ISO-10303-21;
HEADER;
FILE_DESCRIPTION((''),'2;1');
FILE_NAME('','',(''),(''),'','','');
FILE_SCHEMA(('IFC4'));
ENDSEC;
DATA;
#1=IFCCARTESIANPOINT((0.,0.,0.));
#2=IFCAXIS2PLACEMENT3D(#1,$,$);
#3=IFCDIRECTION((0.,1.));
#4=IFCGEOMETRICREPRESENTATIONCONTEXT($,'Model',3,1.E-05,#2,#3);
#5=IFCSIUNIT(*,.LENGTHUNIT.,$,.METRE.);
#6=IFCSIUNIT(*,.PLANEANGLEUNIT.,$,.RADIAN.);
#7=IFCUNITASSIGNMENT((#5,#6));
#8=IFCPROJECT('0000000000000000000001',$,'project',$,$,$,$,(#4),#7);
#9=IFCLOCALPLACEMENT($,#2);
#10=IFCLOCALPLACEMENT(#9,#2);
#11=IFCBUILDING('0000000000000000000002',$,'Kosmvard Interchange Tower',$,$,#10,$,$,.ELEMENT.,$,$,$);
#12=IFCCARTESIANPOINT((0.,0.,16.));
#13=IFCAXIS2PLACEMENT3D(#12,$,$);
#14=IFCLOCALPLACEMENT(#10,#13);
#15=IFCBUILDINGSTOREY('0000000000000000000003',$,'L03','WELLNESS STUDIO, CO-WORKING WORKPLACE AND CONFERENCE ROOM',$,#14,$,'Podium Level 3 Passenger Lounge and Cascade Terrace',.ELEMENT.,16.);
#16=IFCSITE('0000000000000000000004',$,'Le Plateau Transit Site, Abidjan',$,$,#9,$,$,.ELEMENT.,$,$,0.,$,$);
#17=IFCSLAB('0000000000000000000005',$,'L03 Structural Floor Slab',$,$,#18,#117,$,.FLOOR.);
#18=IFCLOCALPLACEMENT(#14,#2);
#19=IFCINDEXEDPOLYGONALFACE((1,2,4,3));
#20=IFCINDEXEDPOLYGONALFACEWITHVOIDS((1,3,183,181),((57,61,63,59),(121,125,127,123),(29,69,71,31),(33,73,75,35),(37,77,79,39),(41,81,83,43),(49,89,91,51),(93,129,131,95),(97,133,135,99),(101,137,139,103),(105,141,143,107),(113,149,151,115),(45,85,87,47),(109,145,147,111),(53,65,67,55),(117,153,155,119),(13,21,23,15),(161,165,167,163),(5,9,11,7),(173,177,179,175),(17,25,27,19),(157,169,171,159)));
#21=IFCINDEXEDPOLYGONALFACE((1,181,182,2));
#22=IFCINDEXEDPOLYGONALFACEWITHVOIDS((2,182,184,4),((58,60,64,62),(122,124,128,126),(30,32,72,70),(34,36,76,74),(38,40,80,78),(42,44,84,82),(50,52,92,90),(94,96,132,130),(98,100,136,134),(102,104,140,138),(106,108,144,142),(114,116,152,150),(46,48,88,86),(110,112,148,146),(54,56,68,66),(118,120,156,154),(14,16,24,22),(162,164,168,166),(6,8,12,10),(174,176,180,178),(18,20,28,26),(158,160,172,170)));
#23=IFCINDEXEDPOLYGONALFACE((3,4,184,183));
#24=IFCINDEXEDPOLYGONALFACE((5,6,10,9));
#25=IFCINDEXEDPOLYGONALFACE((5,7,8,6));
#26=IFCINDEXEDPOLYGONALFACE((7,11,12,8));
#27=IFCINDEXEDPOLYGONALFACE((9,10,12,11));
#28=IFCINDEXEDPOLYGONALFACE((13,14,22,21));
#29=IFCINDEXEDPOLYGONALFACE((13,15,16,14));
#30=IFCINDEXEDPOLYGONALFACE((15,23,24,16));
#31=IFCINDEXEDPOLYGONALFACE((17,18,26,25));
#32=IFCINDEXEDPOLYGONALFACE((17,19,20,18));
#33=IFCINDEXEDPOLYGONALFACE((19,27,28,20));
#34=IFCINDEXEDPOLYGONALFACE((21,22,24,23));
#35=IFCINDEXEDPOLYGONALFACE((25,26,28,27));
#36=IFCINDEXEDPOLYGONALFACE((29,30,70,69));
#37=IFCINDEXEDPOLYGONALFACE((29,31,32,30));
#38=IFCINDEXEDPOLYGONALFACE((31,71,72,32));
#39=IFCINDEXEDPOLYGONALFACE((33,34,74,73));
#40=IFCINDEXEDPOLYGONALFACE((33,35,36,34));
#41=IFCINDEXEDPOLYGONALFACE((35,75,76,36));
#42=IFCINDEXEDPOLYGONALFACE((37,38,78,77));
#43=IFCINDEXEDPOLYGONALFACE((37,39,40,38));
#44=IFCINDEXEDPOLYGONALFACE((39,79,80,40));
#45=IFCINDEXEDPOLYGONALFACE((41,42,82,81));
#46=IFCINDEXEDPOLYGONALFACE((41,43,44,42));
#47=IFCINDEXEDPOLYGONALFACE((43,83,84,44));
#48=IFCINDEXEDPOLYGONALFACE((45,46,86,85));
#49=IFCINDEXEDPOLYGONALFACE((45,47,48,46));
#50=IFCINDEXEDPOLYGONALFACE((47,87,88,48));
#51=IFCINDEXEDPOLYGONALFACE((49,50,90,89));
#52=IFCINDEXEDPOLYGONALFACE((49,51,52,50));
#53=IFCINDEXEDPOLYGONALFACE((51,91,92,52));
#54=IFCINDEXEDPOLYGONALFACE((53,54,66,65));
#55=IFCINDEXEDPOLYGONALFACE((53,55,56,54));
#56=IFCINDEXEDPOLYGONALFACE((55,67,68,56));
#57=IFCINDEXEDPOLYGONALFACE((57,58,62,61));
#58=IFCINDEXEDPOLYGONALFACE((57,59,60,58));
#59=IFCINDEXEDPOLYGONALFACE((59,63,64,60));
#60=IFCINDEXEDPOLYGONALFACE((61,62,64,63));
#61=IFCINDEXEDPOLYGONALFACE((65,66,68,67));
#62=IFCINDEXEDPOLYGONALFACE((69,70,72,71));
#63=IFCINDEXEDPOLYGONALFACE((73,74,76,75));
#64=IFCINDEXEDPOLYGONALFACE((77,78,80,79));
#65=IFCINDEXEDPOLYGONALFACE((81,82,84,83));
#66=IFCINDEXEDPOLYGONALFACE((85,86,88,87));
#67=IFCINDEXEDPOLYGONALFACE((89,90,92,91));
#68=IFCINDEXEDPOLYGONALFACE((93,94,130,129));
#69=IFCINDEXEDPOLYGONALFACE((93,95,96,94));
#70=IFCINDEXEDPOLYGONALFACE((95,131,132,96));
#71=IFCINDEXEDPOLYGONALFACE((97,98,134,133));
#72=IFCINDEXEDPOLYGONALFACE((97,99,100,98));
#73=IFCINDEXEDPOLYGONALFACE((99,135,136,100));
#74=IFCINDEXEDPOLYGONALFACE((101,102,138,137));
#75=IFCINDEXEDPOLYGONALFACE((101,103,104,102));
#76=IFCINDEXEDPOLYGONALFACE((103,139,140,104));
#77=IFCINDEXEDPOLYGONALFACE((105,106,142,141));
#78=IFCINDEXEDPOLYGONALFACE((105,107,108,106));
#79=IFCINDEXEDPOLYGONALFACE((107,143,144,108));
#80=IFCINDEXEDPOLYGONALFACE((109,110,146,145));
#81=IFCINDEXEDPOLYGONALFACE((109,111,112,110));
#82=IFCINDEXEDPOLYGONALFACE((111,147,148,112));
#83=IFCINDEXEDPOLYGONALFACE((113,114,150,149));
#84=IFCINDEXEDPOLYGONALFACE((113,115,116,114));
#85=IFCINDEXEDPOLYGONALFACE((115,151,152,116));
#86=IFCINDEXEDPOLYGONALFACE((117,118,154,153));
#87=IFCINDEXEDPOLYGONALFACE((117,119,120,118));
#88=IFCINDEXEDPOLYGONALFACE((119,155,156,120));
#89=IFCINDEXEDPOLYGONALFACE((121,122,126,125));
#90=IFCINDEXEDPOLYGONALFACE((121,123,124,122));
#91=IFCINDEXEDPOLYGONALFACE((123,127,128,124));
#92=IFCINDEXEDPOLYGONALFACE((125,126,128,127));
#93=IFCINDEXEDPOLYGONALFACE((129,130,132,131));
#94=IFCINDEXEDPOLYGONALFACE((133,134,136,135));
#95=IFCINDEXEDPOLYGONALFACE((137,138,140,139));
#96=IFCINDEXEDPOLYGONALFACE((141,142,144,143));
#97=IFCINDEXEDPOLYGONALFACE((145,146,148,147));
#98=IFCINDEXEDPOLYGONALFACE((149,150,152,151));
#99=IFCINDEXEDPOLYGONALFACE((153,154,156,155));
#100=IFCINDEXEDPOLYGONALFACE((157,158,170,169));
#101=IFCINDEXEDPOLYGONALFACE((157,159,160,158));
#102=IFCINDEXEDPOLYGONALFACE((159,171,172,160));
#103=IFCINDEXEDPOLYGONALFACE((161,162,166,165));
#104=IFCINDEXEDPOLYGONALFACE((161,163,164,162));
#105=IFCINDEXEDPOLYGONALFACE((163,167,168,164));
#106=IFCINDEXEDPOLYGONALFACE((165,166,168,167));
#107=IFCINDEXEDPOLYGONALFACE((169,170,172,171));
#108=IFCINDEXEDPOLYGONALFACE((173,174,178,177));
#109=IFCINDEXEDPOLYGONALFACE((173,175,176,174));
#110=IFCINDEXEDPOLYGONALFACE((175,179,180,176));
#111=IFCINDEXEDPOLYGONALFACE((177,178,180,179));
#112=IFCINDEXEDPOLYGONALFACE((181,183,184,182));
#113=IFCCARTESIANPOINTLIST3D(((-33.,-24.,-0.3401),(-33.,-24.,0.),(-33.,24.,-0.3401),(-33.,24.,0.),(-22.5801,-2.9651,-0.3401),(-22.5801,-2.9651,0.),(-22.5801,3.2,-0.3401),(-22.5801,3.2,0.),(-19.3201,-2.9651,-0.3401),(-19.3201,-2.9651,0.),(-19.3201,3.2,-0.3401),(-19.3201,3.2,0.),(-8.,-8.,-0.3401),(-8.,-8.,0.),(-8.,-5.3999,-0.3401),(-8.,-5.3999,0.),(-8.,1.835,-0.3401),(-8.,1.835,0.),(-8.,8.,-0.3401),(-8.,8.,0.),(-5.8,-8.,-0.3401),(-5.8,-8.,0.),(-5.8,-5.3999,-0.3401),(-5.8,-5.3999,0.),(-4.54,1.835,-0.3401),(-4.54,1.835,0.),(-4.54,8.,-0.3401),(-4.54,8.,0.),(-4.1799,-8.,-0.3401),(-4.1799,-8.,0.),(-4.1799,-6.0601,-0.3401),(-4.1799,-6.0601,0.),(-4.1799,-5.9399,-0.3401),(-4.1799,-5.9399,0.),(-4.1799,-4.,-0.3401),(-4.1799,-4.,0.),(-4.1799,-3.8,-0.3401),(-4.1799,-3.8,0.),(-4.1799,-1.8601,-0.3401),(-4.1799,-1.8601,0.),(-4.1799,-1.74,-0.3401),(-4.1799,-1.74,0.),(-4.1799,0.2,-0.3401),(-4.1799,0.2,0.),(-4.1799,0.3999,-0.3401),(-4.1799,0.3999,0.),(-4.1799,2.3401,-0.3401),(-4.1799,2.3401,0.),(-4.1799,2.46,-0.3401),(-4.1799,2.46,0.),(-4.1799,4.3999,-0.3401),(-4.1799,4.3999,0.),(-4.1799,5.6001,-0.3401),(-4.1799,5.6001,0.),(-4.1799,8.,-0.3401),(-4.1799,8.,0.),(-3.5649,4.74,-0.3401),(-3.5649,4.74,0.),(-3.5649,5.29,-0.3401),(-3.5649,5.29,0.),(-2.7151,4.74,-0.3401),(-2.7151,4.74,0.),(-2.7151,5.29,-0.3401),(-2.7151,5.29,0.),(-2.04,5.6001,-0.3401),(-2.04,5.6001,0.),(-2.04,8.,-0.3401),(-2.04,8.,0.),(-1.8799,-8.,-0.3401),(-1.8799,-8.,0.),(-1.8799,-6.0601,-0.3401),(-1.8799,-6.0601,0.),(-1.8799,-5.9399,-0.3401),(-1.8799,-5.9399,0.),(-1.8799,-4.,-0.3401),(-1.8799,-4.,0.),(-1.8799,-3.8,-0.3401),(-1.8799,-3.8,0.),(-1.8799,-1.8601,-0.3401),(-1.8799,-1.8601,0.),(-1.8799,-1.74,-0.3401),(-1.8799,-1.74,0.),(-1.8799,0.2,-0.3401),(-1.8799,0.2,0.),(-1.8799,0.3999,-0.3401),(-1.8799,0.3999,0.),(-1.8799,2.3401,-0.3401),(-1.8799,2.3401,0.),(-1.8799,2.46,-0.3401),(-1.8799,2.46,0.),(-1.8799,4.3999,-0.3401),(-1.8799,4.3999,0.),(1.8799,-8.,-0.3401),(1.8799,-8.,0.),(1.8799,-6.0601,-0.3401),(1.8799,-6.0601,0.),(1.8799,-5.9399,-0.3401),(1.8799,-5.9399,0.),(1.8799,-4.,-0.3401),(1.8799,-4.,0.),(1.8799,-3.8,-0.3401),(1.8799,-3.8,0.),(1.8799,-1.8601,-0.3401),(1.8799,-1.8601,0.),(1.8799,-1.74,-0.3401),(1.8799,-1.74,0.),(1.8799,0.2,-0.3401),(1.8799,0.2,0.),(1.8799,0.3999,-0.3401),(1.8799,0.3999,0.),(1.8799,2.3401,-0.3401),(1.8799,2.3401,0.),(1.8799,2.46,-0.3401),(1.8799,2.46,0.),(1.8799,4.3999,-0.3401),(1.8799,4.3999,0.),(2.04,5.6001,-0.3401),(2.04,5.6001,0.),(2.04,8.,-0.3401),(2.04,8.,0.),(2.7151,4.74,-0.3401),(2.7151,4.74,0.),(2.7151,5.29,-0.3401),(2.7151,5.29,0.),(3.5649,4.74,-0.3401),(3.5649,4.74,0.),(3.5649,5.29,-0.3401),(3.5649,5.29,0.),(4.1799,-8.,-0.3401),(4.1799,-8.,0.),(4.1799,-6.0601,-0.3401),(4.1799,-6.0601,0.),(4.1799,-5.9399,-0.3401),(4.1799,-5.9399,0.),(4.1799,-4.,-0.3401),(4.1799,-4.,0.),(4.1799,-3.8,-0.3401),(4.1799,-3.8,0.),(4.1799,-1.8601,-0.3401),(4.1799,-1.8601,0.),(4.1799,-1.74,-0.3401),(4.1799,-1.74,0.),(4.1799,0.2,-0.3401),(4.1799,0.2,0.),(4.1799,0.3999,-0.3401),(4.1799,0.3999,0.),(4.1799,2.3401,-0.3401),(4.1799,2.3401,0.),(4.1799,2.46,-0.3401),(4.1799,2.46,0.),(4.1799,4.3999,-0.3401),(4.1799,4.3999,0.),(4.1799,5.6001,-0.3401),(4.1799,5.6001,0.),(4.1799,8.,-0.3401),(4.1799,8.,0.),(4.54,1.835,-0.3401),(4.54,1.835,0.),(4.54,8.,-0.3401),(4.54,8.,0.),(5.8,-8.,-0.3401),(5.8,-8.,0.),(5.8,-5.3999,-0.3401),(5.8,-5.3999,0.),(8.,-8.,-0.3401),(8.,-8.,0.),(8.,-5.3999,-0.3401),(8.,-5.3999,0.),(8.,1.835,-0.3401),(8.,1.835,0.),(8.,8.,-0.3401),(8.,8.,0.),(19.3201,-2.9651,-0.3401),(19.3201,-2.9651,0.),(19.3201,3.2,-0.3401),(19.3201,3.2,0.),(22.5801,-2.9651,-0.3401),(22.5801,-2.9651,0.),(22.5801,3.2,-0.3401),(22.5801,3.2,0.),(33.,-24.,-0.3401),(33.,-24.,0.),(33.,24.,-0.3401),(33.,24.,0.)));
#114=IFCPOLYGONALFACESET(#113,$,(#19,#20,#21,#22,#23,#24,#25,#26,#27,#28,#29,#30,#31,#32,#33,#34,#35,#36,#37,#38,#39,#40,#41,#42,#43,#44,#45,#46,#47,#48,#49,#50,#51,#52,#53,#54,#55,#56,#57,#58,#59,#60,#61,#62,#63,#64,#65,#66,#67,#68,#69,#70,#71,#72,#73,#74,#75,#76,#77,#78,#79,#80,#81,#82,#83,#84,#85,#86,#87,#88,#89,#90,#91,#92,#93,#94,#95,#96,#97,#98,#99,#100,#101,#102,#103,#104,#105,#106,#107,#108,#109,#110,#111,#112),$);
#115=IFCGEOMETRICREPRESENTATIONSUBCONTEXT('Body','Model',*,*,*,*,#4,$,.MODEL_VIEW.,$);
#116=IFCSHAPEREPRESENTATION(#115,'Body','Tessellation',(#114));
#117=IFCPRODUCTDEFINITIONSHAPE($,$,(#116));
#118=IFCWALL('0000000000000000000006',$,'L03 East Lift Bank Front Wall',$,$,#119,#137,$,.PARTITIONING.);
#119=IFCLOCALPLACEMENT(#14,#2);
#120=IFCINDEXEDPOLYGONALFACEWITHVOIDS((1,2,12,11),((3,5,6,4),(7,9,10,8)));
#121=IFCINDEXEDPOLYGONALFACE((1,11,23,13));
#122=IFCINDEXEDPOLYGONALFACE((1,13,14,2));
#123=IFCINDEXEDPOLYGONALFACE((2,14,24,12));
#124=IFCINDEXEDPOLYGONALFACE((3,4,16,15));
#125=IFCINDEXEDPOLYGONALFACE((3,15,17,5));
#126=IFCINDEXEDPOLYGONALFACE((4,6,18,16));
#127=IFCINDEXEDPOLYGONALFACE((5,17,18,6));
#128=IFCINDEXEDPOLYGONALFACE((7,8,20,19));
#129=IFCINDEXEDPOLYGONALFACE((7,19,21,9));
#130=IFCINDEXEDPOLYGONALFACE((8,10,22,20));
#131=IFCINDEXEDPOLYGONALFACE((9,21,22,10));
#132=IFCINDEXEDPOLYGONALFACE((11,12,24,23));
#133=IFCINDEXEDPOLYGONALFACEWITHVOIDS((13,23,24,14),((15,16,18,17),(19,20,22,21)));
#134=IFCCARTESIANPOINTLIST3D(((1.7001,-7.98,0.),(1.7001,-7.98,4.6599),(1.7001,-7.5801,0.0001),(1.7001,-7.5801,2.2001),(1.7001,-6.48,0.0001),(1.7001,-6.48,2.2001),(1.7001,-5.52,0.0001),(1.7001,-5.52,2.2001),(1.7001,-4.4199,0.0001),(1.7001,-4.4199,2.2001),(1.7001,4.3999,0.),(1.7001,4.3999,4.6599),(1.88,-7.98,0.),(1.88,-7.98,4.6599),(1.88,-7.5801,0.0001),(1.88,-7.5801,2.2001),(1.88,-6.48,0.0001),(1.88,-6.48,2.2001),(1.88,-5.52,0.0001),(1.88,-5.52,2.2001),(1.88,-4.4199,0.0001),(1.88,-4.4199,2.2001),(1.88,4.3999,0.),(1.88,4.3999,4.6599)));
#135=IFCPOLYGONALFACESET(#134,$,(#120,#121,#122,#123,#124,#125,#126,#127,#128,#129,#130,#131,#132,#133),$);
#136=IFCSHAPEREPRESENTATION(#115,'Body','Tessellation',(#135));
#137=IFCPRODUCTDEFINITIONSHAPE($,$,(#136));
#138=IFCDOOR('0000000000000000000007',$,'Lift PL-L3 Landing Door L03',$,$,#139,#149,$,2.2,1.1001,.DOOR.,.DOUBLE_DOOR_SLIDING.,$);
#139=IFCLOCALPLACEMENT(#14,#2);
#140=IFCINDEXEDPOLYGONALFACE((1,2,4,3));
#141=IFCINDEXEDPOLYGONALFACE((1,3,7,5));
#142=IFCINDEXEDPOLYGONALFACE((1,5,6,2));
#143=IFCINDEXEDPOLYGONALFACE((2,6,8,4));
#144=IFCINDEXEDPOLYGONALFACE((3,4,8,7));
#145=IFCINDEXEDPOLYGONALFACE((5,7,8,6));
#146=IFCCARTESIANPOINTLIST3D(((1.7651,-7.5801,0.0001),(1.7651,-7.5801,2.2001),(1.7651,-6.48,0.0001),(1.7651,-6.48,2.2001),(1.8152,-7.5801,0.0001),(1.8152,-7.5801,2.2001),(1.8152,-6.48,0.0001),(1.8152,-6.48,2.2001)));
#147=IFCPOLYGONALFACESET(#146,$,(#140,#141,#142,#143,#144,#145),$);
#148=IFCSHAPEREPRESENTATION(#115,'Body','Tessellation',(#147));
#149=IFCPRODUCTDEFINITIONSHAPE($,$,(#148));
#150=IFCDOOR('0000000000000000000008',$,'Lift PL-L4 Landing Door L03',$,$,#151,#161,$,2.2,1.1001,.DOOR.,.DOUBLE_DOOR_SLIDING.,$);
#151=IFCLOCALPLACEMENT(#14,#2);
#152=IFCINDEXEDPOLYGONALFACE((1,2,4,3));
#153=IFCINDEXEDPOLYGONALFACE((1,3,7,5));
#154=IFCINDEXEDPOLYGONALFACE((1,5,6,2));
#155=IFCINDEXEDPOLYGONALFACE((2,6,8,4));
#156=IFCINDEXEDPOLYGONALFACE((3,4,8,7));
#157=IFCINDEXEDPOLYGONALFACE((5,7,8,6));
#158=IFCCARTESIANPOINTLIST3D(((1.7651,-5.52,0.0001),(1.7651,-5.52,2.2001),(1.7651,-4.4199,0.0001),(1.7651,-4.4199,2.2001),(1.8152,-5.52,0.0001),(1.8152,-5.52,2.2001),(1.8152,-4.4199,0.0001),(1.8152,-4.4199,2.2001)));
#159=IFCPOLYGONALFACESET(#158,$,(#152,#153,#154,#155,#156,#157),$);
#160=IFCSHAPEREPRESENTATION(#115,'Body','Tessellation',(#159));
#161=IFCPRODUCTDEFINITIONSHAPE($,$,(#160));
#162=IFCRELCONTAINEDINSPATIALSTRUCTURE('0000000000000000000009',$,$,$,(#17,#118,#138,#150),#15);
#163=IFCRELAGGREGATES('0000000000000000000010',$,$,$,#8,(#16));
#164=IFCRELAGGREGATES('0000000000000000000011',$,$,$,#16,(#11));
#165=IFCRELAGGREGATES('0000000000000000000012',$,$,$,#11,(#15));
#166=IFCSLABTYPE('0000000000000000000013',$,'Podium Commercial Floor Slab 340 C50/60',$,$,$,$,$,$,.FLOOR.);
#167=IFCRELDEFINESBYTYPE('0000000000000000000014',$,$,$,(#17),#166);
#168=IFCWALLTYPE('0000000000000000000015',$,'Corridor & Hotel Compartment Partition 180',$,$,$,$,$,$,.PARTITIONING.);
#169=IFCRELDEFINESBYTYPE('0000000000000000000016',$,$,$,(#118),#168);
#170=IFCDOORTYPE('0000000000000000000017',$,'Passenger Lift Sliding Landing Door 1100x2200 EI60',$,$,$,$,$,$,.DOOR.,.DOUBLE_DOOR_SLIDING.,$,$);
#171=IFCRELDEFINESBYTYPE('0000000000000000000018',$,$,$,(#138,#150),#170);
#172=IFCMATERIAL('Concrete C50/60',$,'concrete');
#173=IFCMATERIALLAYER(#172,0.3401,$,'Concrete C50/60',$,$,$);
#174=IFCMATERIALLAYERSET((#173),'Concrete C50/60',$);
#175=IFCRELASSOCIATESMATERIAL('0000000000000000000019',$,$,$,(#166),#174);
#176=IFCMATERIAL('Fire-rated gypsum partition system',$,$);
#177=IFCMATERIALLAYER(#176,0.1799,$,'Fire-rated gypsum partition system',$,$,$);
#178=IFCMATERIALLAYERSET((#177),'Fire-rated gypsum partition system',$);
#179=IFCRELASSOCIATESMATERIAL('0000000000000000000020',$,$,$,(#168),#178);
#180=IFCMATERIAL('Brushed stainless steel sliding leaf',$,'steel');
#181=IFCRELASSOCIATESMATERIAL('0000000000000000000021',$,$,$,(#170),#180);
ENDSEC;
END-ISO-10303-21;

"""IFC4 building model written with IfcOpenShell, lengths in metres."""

from ifc_helpers import new_model, si_unit, direction, frame, frame_2d, origin, place, context, subcontext, project, spatial, polyline, rectangle, outline, extrude, source, transform, mapped, material, layer, layer_set, type_object, element, fill, save


model = new_model("IFC4")

# Units and contexts
model_context = context("Model", 3, precision=1e-05, world=origin(), true_north=direction((0.0, 1.0)))
body_context = subcontext(model_context, "Body", "Model", "MODEL_VIEW")
ifc_project = project(units=[si_unit("LENGTHUNIT", "METRE"), si_unit("PLANEANGLEUNIT", "RADIAN")], contexts=[model_context])

# Site, building, storey
site_placement = place(None, origin())
site = spatial("IfcSite", under=ifc_project, at=site_placement, Name="Le Plateau Transit Site, Abidjan", CompositionType="ELEMENT", RefElevation=0.0)
building_placement = place(site_placement, origin())
building = spatial("IfcBuilding", under=site, at=building_placement, Name="Kosmvard Interchange Tower", CompositionType="ELEMENT")
storey_placement = place(building_placement, frame((0.0, 0.0, 16.0)))
storey = spatial("IfcBuildingStorey", under=building, at=storey_placement, Name="L03", Description="WELLNESS STUDIO, CO-WORKING WORKPLACE AND CONFERENCE ROOM", LongName="Podium Level 3 Passenger Lounge and Cascade Terrace", CompositionType="ELEMENT", Elevation=16.0)

# Slab
ifc_material_1 = material(Name="Concrete C50/60", Category="concrete")
ifc_layer_1 = layer(ifc_material_1, 0.3401, Name="Concrete C50/60")
ifc_layer_set_1 = layer_set([ifc_layer_1], Name="Concrete C50/60")
slab_type_1 = type_object("IfcSlabType", Name="Podium Commercial Floor Slab 340 C50/60", PredefinedType="FLOOR", material=ifc_layer_set_1)
slab_1_placement = place(storey_placement, frame((0.0, 0.0, -0.3401)))
element("IfcSlab", 1, at=slab_1_placement, inside=storey, type_object=slab_type_1, Name="L03 Structural Floor Slab", PredefinedType="FLOOR", context=body_context, shape_type="SweptSolid", body=[
    extrude(outline(polyline([(-33.0, -24.0), (33.0, -24.0), (33.0, 24.0), (-33.0, 24.0), (-33.0, -24.0)]), holes=[polyline([(-8.0, 1.835), (-4.54, 1.835), (-4.54, 8.0), (-8.0, 8.0), (-8.0, 1.835)]), polyline([(4.54, 1.835), (8.0, 1.835), (8.0, 8.0), (4.54, 8.0), (4.54, 1.835)]), polyline([(-22.5801, -2.9651), (-19.3201, -2.9651), (-19.3201, 3.2), (-22.5801, 3.2), (-22.5801, -2.9651)]), polyline([(19.3201, -2.9651), (22.5801, -2.9651), (22.5801, 3.2), (19.3201, 3.2), (19.3201, -2.9651)]), polyline([(-8.0, -8.0), (-5.8, -8.0), (-5.8, -5.3999), (-8.0, -5.3999), (-8.0, -8.0)]), polyline([(5.8, -8.0), (8.0, -8.0), (8.0, -5.3999), (5.8, -5.3999), (5.8, -8.0)]), polyline([(-4.1799, -8.0), (-1.8799, -8.0), (-1.8799, -6.0601), (-4.1799, -6.0601), (-4.1799, -8.0)]), polyline([(-4.1799, -5.9399), (-1.8799, -5.9399), (-1.8799, -4.0), (-4.1799, -4.0), (-4.1799, -5.9399)]), polyline([(1.8799, -8.0), (4.1799, -8.0), (4.1799, -6.0601), (1.8799, -6.0601), (1.8799, -8.0)]), polyline([(1.8799, -5.9399), (4.1799, -5.9399), (4.1799, -4.0), (1.8799, -4.0), (1.8799, -5.9399)]), polyline([(-4.1799, -3.8), (-1.8799, -3.8), (-1.8799, -1.8601), (-4.1799, -1.8601), (-4.1799, -3.8)]), polyline([(-4.1799, -1.74), (-1.8799, -1.74), (-1.8799, 0.2), (-4.1799, 0.2), (-4.1799, -1.74)]), polyline([(1.8799, -3.8), (4.1799, -3.8), (4.1799, -1.8601), (1.8799, -1.8601), (1.8799, -3.8)]), polyline([(1.8799, -1.74), (4.1799, -1.74), (4.1799, 0.2), (1.8799, 0.2), (1.8799, -1.74)]), polyline([(-4.1799, 0.3999), (-1.8799, 0.3999), (-1.8799, 2.3401), (-4.1799, 2.3401), (-4.1799, 0.3999)]), polyline([(-4.1799, 2.46), (-1.8799, 2.46), (-1.8799, 4.3999), (-4.1799, 4.3999), (-4.1799, 2.46)]), polyline([(1.8799, 0.3999), (4.1799, 0.3999), (4.1799, 2.3401), (1.8799, 2.3401), (1.8799, 0.3999)]), polyline([(1.8799, 2.46), (4.1799, 2.46), (4.1799, 4.3999), (1.8799, 4.3999), (1.8799, 2.46)]), polyline([(-4.1799, 5.6001), (-2.04, 5.6001), (-2.04, 8.0), (-4.1799, 8.0), (-4.1799, 5.6001)]), polyline([(2.04, 5.6001), (4.1799, 5.6001), (4.1799, 8.0), (2.04, 8.0), (2.04, 5.6001)]), polyline([(-3.5649, 4.74), (-2.7151, 4.74), (-2.7151, 5.29), (-3.5649, 5.29), (-3.5649, 4.74)]), polyline([(2.7151, 4.74), (3.5649, 4.74), (3.5649, 5.29), (2.7151, 5.29), (2.7151, 4.74)])]), origin(), (0.0, 0.0, 1.0), 0.3401),
])

# Wall, openings, doors
ifc_material_2 = material(Name="Fire-rated gypsum partition system")
ifc_layer_2 = layer(ifc_material_2, 0.1799, Name="Fire-rated gypsum partition system")
ifc_layer_set_2 = layer_set([ifc_layer_2], Name="Fire-rated gypsum partition system")
wall_type_1 = type_object("IfcWallType", Name="Corridor & Hotel Compartment Partition 180", PredefinedType="PARTITIONING", material=ifc_layer_set_2)
wall_1_placement = place(storey_placement, frame((1.79, -7.98, 0.0), z_axis=(0.0, 0.0, 1.0), x_axis=(0.0, 1.0, 0.0)))
wall_1 = element("IfcWall", 2, at=wall_1_placement, inside=storey, type_object=wall_type_1, Name="L03 East Lift Bank Front Wall", PredefinedType="PARTITIONING", context=body_context, shape_type="SweptSolid", body=[
    extrude(rectangle(XDim=12.3799, YDim=0.1799, at=frame_2d((6.1899, 0.0))), origin(), (0.0, 0.0, 1.0), 4.6599),
])
opening_1_placement = place(wall_1_placement, frame((0.3999, 0.0, 0.0)))
opening_1 = element("IfcOpeningElement", 3, at=opening_1_placement, cuts=wall_1, PredefinedType="OPENING", context=body_context, shape_type="SweptSolid", body=[
    extrude(rectangle(XDim=1.1001, YDim=2.2, at=frame_2d((0.55, 1.1001))), frame((0.0, 0.1001, 0.0), z_axis=(0.0, -1.0, 0.0), x_axis=(1.0, 0.0, 0.0)), (0.0, 0.0, 1.0), 0.2),
])
opening_2_placement = place(wall_1_placement, frame((2.46, 0.0, 0.0)))
opening_2 = element("IfcOpeningElement", 4, at=opening_2_placement, cuts=wall_1, PredefinedType="OPENING", context=body_context, shape_type="SweptSolid", body=[
    extrude(rectangle(XDim=1.1001, YDim=2.2, at=frame_2d((0.55, 1.1001))), frame((0.0, 0.1001, 0.0), z_axis=(0.0, -1.0, 0.0), x_axis=(1.0, 0.0, 0.0)), (0.0, 0.0, 1.0), 0.2),
])
ifc_material_3 = material(Name="Brushed stainless steel sliding leaf", Category="steel")
door_type_1 = type_object("IfcDoorType", Name="Passenger Lift Sliding Landing Door 1100x2200 EI60", OperationType="DOUBLE_DOOR_SLIDING", PredefinedType="DOOR", material=ifc_material_3)
shared_shape_1 = source(origin(), body_context, "Body", "SweptSolid", [
    extrude(rectangle(XDim=1.1001, YDim=2.2, at=frame_2d((0.55, 1.1001))), frame((0.0, 0.0249, 0.0), z_axis=(0.0, -1.0, 0.0), x_axis=(1.0, 0.0, 0.0)), (0.0, 0.0, 1.0), 0.05),
])
door_1_placement = place(opening_1_placement, origin())
door_1 = element("IfcDoor", 5, at=door_1_placement, inside=storey, type_object=door_type_1, Name="Lift PL-L3 Landing Door L03", OperationType="DOUBLE_DOOR_SLIDING", OverallHeight=2.2, OverallWidth=1.1001, PredefinedType="DOOR", context=body_context, shape_type="MappedRepresentation", body=[
    mapped(shared_shape_1, transform((0.0, 0.0, 0.0), scale=1.0)),
])
fill(opening_1, door_1)
door_2_placement = place(opening_2_placement, origin())
door_2 = element("IfcDoor", 6, at=door_2_placement, inside=storey, type_object=door_type_1, Name="Lift PL-L4 Landing Door L03", OperationType="DOUBLE_DOOR_SLIDING", OverallHeight=2.2, OverallWidth=1.1001, PredefinedType="DOOR", context=body_context, shape_type="MappedRepresentation", body=[
    mapped(shared_shape_1, transform((0.0, 0.0, 0.0), scale=1.0)),
])
fill(opening_2, door_2)

save(model, "model.ifc")
